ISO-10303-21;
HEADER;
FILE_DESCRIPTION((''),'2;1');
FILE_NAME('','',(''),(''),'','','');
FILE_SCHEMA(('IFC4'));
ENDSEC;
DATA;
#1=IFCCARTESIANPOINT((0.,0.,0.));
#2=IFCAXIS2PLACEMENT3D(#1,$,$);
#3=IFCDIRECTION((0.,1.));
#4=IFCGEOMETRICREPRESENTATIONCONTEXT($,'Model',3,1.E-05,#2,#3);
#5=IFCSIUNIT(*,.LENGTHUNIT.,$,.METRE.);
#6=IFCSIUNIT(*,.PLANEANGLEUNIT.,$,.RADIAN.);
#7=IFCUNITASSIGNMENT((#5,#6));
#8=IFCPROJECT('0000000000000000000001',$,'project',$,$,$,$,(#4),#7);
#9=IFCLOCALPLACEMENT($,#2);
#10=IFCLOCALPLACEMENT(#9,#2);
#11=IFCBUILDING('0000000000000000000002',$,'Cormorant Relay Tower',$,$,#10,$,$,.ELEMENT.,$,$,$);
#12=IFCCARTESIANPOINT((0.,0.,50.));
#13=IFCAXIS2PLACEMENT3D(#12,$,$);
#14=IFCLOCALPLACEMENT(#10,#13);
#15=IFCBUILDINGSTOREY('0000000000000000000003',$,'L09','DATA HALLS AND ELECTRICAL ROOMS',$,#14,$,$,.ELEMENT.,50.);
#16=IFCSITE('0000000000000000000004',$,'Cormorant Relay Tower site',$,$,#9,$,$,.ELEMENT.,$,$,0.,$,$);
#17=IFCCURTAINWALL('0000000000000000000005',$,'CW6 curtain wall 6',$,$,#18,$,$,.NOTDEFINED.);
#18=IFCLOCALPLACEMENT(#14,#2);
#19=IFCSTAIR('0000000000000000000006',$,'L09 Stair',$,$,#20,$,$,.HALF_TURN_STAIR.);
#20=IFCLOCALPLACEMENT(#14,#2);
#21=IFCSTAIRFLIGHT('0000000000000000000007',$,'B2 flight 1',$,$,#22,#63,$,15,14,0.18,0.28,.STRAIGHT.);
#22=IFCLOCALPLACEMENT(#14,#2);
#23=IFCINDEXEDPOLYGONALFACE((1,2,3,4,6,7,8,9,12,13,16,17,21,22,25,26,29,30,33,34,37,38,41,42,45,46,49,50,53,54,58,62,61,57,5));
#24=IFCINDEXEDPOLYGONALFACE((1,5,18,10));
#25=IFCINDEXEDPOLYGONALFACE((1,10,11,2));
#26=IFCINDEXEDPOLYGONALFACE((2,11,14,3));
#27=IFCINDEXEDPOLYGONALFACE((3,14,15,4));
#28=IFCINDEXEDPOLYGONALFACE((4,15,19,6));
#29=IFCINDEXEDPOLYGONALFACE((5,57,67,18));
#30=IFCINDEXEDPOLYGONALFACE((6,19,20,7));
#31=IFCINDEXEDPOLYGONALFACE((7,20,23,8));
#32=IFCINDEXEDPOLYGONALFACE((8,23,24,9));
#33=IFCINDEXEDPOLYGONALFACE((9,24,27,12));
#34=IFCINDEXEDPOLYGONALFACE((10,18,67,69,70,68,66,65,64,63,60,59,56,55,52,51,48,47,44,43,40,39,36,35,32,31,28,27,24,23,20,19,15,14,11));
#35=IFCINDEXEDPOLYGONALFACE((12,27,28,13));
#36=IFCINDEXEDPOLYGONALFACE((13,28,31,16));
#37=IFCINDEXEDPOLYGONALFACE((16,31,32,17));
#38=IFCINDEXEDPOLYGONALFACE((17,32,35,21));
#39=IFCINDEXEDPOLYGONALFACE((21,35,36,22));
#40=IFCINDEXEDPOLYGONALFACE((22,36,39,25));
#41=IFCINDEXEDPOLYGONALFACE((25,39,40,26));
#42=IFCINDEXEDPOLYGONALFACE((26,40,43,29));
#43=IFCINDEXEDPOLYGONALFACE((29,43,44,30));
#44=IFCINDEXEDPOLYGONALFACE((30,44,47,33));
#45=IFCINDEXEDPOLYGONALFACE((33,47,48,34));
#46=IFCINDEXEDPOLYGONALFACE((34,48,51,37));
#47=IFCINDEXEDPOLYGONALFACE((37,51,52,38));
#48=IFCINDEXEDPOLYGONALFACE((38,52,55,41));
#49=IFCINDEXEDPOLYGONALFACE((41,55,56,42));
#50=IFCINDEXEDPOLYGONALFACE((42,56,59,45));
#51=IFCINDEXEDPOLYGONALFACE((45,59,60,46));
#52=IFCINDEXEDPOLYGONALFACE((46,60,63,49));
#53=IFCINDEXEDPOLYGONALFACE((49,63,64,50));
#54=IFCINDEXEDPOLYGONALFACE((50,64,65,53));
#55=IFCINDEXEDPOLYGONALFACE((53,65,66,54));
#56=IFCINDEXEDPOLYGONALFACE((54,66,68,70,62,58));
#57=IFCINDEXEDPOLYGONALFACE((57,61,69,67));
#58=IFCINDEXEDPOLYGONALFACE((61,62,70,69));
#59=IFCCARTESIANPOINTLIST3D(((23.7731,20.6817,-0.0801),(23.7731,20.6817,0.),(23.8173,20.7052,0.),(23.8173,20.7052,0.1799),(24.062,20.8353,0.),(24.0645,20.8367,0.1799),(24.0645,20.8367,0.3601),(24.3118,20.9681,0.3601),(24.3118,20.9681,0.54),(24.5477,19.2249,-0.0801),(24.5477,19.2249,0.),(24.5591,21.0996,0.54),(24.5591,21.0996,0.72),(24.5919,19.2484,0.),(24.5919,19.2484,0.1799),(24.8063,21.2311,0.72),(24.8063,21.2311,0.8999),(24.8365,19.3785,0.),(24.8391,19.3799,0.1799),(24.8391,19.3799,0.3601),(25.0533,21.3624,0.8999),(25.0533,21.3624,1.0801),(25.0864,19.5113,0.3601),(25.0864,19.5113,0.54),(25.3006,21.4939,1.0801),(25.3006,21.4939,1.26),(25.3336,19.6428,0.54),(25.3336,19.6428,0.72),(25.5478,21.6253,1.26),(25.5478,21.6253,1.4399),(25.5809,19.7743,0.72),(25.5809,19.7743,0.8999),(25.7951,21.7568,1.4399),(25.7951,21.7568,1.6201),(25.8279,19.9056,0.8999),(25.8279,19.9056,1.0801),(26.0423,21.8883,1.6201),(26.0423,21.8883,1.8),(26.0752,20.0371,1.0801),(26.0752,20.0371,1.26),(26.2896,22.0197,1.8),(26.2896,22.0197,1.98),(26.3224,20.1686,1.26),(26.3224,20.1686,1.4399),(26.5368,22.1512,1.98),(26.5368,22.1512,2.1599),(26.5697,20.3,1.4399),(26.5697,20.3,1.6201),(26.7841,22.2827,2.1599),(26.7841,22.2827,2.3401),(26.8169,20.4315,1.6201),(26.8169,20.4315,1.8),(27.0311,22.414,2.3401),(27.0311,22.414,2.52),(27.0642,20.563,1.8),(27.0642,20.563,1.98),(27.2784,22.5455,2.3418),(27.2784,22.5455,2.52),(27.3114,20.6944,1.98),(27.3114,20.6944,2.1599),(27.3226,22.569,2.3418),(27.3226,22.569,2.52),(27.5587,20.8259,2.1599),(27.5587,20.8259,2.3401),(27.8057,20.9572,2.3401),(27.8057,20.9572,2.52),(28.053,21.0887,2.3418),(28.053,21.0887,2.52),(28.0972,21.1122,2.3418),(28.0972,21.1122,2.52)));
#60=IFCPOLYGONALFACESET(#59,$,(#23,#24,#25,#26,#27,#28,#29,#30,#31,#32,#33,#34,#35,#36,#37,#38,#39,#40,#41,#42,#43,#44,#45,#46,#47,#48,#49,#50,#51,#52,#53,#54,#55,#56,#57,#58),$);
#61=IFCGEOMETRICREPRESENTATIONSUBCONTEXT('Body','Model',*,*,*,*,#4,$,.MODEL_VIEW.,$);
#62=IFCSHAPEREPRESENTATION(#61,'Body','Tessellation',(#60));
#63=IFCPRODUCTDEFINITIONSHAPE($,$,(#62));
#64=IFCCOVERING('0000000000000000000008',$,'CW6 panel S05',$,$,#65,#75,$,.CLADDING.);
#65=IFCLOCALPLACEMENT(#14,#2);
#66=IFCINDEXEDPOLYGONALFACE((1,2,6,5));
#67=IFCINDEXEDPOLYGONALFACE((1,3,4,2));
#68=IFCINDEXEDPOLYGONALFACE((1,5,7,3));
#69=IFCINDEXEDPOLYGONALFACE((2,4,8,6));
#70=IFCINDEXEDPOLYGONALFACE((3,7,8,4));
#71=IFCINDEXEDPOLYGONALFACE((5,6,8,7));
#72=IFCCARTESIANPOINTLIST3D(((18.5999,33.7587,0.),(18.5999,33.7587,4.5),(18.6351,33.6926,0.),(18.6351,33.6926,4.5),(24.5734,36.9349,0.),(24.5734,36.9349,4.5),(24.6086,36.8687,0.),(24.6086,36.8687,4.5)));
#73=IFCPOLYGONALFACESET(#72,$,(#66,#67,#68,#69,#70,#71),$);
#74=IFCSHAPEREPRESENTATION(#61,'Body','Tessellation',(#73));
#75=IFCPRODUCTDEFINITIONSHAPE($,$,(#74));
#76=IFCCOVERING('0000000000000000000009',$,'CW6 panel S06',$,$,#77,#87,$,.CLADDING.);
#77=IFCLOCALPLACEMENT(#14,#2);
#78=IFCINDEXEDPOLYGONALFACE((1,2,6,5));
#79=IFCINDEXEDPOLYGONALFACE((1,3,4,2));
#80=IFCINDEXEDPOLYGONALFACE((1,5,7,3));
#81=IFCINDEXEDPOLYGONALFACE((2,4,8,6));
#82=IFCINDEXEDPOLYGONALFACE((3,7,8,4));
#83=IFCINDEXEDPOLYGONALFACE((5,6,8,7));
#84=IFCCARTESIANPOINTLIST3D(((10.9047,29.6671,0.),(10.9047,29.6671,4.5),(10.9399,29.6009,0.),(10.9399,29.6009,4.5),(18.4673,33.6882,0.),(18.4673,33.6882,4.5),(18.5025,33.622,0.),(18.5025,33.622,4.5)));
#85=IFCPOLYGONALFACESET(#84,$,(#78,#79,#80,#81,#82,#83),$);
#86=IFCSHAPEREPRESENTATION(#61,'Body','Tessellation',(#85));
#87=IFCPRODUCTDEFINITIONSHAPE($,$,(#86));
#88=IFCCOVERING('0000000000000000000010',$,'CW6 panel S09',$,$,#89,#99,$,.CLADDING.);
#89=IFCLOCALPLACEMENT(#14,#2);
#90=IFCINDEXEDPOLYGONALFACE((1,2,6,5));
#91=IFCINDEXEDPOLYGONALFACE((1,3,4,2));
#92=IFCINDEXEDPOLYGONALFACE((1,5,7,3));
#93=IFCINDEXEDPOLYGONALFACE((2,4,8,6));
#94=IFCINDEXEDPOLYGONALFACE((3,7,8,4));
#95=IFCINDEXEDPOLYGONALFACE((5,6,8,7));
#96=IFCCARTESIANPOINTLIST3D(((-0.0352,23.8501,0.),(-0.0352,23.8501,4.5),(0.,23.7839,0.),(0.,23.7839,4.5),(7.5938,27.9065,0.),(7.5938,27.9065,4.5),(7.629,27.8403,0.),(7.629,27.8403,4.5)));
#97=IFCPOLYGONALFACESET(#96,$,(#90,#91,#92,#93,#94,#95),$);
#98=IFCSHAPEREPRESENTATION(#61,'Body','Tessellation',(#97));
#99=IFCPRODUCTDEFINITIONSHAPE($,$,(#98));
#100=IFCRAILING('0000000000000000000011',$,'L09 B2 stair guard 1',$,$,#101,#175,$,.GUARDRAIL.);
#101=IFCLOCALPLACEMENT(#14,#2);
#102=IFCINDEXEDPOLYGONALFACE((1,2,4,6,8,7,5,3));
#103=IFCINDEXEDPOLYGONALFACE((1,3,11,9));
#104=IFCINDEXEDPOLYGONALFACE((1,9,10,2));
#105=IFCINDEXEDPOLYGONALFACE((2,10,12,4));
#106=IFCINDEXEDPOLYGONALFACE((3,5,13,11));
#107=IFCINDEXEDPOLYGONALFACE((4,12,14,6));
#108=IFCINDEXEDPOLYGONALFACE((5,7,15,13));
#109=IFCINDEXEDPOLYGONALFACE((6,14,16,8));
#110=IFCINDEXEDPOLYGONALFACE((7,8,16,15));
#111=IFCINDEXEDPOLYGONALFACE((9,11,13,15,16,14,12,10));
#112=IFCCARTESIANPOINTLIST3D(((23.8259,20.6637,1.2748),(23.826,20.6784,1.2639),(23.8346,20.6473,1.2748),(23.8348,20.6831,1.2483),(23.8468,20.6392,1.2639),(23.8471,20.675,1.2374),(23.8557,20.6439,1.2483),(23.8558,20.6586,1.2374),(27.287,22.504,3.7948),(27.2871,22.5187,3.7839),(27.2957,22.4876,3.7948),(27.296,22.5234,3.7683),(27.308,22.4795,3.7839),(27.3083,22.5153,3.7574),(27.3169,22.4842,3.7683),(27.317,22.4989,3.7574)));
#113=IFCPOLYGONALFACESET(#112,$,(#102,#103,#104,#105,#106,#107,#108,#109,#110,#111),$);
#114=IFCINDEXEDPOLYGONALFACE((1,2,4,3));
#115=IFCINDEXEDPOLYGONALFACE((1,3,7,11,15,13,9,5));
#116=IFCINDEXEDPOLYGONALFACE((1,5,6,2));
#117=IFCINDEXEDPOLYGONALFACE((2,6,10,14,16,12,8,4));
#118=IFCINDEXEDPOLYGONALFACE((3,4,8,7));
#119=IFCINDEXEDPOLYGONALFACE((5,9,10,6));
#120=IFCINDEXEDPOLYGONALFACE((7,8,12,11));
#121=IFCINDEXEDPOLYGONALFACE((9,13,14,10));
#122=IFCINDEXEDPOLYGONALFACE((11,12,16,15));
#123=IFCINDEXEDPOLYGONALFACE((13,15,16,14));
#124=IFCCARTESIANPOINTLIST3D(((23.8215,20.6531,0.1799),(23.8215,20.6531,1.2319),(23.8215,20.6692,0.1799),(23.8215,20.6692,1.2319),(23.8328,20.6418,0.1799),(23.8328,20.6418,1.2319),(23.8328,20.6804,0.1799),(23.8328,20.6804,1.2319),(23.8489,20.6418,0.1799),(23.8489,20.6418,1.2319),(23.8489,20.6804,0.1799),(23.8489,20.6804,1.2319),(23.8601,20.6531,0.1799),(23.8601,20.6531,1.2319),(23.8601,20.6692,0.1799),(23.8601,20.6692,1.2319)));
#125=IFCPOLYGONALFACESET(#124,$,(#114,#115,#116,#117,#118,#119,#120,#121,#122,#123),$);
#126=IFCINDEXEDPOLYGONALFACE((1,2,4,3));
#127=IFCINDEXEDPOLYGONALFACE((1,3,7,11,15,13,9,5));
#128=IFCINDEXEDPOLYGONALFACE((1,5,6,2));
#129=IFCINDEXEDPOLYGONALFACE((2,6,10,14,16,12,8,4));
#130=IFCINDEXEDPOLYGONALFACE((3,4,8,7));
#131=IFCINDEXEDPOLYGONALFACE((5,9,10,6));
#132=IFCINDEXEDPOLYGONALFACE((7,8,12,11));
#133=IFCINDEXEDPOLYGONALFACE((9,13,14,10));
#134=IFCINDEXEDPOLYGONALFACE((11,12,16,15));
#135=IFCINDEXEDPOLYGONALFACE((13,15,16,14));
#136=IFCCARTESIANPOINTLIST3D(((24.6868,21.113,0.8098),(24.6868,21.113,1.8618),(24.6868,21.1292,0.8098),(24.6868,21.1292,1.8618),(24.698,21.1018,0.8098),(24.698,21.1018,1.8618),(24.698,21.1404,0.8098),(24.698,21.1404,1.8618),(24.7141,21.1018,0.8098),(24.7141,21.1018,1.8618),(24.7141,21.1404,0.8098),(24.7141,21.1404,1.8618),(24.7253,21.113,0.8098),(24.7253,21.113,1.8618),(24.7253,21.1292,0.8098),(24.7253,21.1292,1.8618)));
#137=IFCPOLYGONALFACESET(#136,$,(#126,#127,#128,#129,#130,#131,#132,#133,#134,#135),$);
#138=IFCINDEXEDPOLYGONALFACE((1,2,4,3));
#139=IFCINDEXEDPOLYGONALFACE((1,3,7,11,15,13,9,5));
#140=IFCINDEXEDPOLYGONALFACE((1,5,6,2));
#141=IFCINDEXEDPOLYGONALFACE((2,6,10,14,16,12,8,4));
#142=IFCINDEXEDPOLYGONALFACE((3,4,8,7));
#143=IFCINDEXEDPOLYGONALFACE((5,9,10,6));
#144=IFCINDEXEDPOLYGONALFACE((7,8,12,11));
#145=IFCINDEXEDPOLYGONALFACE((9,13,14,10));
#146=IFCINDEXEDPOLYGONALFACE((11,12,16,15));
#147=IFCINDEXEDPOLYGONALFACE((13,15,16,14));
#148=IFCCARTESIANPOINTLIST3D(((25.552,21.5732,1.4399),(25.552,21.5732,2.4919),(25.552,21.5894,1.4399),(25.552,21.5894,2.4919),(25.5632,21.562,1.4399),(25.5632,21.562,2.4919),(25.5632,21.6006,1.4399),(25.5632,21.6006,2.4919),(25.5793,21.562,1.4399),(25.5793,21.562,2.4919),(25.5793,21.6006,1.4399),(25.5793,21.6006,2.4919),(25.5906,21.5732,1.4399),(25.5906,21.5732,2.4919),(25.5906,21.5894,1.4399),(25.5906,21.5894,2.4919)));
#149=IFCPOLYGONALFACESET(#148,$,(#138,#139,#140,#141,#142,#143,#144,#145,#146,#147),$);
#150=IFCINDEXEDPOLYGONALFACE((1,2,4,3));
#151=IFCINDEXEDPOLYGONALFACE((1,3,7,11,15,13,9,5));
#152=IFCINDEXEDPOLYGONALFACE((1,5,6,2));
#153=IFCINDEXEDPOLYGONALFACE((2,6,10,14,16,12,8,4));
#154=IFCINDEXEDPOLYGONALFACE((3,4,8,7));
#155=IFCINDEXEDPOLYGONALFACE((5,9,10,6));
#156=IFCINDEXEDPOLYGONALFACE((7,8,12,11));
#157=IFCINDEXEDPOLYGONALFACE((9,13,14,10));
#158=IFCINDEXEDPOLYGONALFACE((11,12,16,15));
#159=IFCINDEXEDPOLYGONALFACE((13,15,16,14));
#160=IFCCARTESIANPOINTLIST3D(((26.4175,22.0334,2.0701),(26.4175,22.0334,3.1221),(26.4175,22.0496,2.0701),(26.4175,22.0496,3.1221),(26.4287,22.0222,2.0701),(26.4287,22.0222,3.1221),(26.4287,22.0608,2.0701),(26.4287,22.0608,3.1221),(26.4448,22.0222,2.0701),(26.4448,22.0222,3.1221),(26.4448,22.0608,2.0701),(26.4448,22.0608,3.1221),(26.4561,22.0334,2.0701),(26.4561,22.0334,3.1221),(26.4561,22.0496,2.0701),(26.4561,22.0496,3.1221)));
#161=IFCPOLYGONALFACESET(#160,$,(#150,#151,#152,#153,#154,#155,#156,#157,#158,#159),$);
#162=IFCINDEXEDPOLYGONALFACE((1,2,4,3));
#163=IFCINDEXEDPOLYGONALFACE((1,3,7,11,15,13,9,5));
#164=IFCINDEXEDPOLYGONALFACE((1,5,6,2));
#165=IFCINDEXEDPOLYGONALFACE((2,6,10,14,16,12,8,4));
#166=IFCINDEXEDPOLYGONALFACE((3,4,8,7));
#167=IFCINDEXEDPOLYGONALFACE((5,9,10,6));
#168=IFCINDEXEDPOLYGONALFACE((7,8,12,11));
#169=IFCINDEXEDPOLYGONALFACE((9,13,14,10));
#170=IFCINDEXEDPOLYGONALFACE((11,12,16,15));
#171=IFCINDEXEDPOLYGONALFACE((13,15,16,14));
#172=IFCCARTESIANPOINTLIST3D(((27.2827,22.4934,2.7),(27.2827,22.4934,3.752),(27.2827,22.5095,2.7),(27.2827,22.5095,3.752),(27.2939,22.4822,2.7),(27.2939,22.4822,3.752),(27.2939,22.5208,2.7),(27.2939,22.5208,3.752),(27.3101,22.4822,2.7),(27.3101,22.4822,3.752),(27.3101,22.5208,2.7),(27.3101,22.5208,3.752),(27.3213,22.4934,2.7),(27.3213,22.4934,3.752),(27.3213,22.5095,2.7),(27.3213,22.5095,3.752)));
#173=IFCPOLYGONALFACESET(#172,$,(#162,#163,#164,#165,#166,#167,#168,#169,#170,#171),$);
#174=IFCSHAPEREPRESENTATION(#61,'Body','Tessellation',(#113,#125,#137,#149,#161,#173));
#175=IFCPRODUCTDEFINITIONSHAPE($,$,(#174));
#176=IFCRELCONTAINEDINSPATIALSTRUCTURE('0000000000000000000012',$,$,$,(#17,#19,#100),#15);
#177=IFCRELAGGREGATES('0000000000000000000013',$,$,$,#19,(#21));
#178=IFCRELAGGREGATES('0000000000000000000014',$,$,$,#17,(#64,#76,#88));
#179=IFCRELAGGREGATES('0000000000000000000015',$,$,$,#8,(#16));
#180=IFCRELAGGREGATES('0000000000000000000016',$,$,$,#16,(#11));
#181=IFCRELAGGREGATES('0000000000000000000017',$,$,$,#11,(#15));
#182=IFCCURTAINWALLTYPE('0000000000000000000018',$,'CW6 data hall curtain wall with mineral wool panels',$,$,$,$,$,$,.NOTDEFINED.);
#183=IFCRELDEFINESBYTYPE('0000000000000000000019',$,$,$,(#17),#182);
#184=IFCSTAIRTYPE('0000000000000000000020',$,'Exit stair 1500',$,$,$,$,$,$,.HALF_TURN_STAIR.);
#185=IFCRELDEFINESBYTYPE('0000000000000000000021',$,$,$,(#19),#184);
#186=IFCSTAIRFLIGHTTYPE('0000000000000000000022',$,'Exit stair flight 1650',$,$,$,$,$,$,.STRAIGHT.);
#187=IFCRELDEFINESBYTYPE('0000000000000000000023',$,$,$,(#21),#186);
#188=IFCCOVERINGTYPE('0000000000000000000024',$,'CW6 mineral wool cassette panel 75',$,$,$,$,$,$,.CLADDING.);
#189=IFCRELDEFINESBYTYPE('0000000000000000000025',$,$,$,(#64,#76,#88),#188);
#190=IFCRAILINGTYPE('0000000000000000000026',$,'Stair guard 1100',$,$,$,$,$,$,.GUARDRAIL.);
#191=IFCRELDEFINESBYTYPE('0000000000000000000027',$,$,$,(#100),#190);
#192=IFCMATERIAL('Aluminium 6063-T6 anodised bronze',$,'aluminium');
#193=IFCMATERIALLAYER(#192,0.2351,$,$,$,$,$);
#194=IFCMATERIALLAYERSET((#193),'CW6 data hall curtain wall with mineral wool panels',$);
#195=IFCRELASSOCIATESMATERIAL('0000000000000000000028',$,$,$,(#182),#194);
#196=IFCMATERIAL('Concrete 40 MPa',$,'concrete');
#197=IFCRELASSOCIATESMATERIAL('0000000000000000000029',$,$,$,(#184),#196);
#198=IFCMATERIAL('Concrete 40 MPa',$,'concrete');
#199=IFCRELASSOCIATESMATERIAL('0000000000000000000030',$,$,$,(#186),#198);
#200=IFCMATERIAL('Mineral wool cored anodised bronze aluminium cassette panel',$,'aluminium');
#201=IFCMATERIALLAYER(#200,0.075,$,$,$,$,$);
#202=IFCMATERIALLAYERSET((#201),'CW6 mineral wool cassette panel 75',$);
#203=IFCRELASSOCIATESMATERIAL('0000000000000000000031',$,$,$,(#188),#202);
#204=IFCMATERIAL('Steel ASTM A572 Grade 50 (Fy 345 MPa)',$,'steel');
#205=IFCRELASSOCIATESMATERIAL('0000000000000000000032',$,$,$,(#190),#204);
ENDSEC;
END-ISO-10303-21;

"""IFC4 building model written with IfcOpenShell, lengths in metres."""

from ifc_helpers import new_model, si_unit, direction, frame, origin, origin_2d, place, context, subcontext, project, spatial, polyline, rectangle, outline, extrude, material, layer, layer_set, type_object, element, aggregate, save


model = new_model("IFC4")

# Units and contexts
model_context = context("Model", 3, precision=1e-05, world=origin(), true_north=direction((0.0, 1.0)))
body_context = subcontext(model_context, "Body", "Model", "MODEL_VIEW")
ifc_project = project(units=[si_unit("LENGTHUNIT", "METRE"), si_unit("PLANEANGLEUNIT", "RADIAN")], contexts=[model_context])

# Site, building, storey
site_placement = place(None, origin())
site = spatial("IfcSite", under=ifc_project, at=site_placement, Name="Cormorant Relay Tower site", CompositionType="ELEMENT", RefElevation=0.0)
building_placement = place(site_placement, origin())
building = spatial("IfcBuilding", under=site, at=building_placement, Name="Cormorant Relay Tower", CompositionType="ELEMENT")
storey_placement = place(building_placement, frame((0.0, 0.0, 50.0)))
storey = spatial("IfcBuildingStorey", under=building, at=storey_placement, Name="L09", Description="DATA HALLS AND ELECTRICAL ROOMS", CompositionType="ELEMENT", Elevation=50.0)

# Curtain wall
ifc_material_1 = material(Name="Aluminium 6063-T6 anodised bronze", Category="aluminium")
ifc_layer_1 = layer(ifc_material_1, 0.2351)
ifc_layer_set_1 = layer_set([ifc_layer_1], Name="CW6 data hall curtain wall with mineral wool panels")
curtain_wall_type = type_object("IfcCurtainWallType", Name="CW6 data hall curtain wall with mineral wool panels", PredefinedType="NOTDEFINED", material=ifc_layer_set_1)
curtain_wall_1_placement = place(storey_placement, origin())
curtain_wall_1 = element("IfcCurtainWall", 1, at=curtain_wall_1_placement, inside=storey, type_object=curtain_wall_type, Name="CW6 curtain wall 6", PredefinedType="NOTDEFINED")

# Stair, stair flight
ifc_material_2 = material(Name="Concrete 40 MPa", Category="concrete")
stair_type = type_object("IfcStairType", Name="Exit stair 1500", PredefinedType="HALF_TURN_STAIR", material=ifc_material_2)
stair_placement = place(storey_placement, origin())
stair = element("IfcStair", 2, at=stair_placement, inside=storey, type_object=stair_type, Name="L09 Stair", PredefinedType="HALF_TURN_STAIR")
ifc_material_3 = material(Name="Concrete 40 MPa", Category="concrete")
stair_flight_type = type_object("IfcStairFlightType", Name="Exit stair flight 1650", PredefinedType="STRAIGHT", material=ifc_material_3)
stair_flight_placement = place(storey_placement, frame((24.2046, 19.9768, 0.0), z_axis=(0.0, 0.0, 1.0), x_axis=(0.882948, 0.469472, 0.0)))
stair_flight = element("IfcStairFlight", 3, at=stair_flight_placement, type_object=stair_flight_type, Name="B2 flight 1", NumberOfRisers=15, NumberOfTreads=14, PredefinedType="STRAIGHT", RiserHeight=0.18, TreadLength=0.28, context=body_context, shape_type="SweptSolid", body=[
    extrude(outline(polyline([(-0.05, -0.0801), (-0.05, 0.0), (0.0, 0.0), (0.0, 0.1799), (0.28, 0.1799), (0.28, 0.3601), (0.5601, 0.3601), (0.5601, 0.54), (0.8401, 0.54), (0.8401, 0.72), (1.1201, 0.72), (1.1201, 0.8999), (1.3999, 0.8999), (1.3999, 1.0801), (1.6799, 1.0801), (1.6799, 1.26), (1.96, 1.26), (1.96, 1.4399), (2.24, 1.4399), (2.24, 1.6201), (2.52, 1.6201), (2.52, 1.8), (2.8, 1.8), (2.8, 1.98), (3.0801, 1.98), (3.0801, 2.1599), (3.3601, 2.1599), (3.3601, 2.3401), (3.6399, 2.3401), (3.6399, 2.52), (3.9199, 2.52), (3.97, 2.52), (3.97, 2.3418), (3.9199, 2.3418), (0.2771, 0.0), (-0.05, -0.0801)])), frame((0.0, 0.825, 0.0), z_axis=(0.0, -1.0, 0.0), x_axis=(1.0, 0.0, 0.0)), (0.0, 0.0, 1.0), 1.6499),
])
aggregate(stair, [stair_flight])

# Coverings
ifc_material_4 = material(Name="Mineral wool cored anodised bronze aluminium cassette panel", Category="aluminium")
ifc_layer_2 = layer(ifc_material_4, 0.075)
ifc_layer_set_2 = layer_set([ifc_layer_2], Name="CW6 mineral wool cassette panel 75")
covering_type = type_object("IfcCoveringType", Name="CW6 mineral wool cassette panel 75", PredefinedType="CLADDING", material=ifc_layer_set_2)
covering_1_placement = place(storey_placement, frame((21.6042, 35.3137, 0.0), z_axis=(0.0, 0.0, 1.0), x_axis=(-0.882948, -0.469472, 0.0)))
covering_1 = element("IfcCovering", 4, at=covering_1_placement, type_object=covering_type, Name="CW6 panel S05", PredefinedType="CLADDING", context=body_context, shape_type="SweptSolid", body=[
    extrude(rectangle(XDim=6.7654, YDim=0.075, at=origin_2d()), origin(), (0.0, 0.0, 1.0), 4.5),
])
covering_2_placement = place(storey_placement, frame((14.7036, 31.6445, 0.0), z_axis=(0.0, 0.0, 1.0), x_axis=(-0.882948, -0.469472, 0.0)))
covering_2 = element("IfcCovering", 5, at=covering_2_placement, type_object=covering_type, Name="CW6 panel S06", PredefinedType="CLADDING", context=body_context, shape_type="SweptSolid", body=[
    extrude(rectangle(XDim=8.5652, YDim=0.075, at=origin_2d()), origin(), (0.0, 0.0, 1.0), 4.5),
])
covering_3_placement = place(storey_placement, frame((3.7969, 25.8452, 0.0), z_axis=(0.0, 0.0, 1.0), x_axis=(-0.882948, -0.469472, 0.0)))
covering_3 = element("IfcCovering", 6, at=covering_3_placement, type_object=covering_type, Name="CW6 panel S09", PredefinedType="CLADDING", context=body_context, shape_type="SweptSolid", body=[
    extrude(rectangle(XDim=8.6404, YDim=0.075, at=origin_2d()), origin(), (0.0, 0.0, 1.0), 4.5),
])
aggregate(curtain_wall_1, [covering_1, covering_2, covering_3])

# Railing
ifc_material_5 = material(Name="Steel ASTM A572 Grade 50 (Fy 345 MPa)", Category="steel")
railing_type_1 = type_object("IfcRailingType", Name="Stair guard 1100", PredefinedType="GUARDRAIL", material=ifc_material_5)
railing_1_placement = place(storey_placement, frame((23.8408, 20.6611, 0.1799)))
element("IfcRailing", 7, at=railing_1_placement, inside=storey, type_object=railing_type_1, Name="L09 B2 stair guard 1", PredefinedType="GUARDRAIL", context=body_context, shape_type="SweptSolid", body=[
    extrude(outline(polyline([(0.0222, 0.0093), (0.0093, 0.0222), (-0.0093, 0.0222), (-0.0222, 0.0093), (-0.0222, -0.0093), (-0.0093, -0.0222), (0.0093, -0.0222), (0.0222, -0.0093), (0.0222, 0.0093)])), frame((0.0, 0.0, 1.0762), z_axis=(0.742717, 0.394907, 0.540758), x_axis=(-0.469469, 0.882949, 0.0)), (0.0, 0.0, 1.0), 4.6602),
    extrude(outline(polyline([(0.0193, 0.0081), (0.0081, 0.0193), (-0.0081, 0.0193), (-0.0193, 0.0081), (-0.0193, -0.0081), (-0.0081, -0.0193), (0.0081, -0.0193), (0.0193, -0.0081), (0.0193, 0.0081)])), origin(), (0.0, 0.0, 1.0), 1.052),
    extrude(outline(polyline([(0.0193, 0.0081), (0.0081, 0.0193), (-0.0081, 0.0193), (-0.0193, 0.0081), (-0.0193, -0.0081), (-0.0081, -0.0193), (0.0081, -0.0193), (0.0193, -0.0081), (0.0193, 0.0081)])), frame((0.8652, 0.46, 0.6299)), (0.0, 0.0, 1.0), 1.052),
    extrude(outline(polyline([(0.0193, 0.0081), (0.0081, 0.0193), (-0.0081, 0.0193), (-0.0193, 0.0081), (-0.0193, -0.0081), (-0.0081, -0.0193), (0.0081, -0.0193), (0.0193, -0.0081), (0.0193, 0.0081)])), frame((1.7305, 0.9202, 1.26)), (0.0, 0.0, 1.0), 1.052),
    extrude(outline(polyline([(0.0193, 0.0081), (0.0081, 0.0193), (-0.0081, 0.0193), (-0.0193, 0.0081), (-0.0193, -0.0081), (-0.0081, -0.0193), (0.0081, -0.0193), (0.0193, -0.0081), (0.0193, 0.0081)])), frame((2.5959, 1.3804, 1.8901)), (0.0, 0.0, 1.0), 1.052),
    extrude(outline(polyline([(0.0193, 0.0081), (0.0081, 0.0193), (-0.0081, 0.0193), (-0.0193, 0.0081), (-0.0193, -0.0081), (-0.0081, -0.0193), (0.0081, -0.0193), (0.0193, -0.0081), (0.0193, 0.0081)])), frame((3.4612, 1.8403, 2.52)), (0.0, 0.0, 1.0), 1.052),
])

save(model, "model.ifc")
